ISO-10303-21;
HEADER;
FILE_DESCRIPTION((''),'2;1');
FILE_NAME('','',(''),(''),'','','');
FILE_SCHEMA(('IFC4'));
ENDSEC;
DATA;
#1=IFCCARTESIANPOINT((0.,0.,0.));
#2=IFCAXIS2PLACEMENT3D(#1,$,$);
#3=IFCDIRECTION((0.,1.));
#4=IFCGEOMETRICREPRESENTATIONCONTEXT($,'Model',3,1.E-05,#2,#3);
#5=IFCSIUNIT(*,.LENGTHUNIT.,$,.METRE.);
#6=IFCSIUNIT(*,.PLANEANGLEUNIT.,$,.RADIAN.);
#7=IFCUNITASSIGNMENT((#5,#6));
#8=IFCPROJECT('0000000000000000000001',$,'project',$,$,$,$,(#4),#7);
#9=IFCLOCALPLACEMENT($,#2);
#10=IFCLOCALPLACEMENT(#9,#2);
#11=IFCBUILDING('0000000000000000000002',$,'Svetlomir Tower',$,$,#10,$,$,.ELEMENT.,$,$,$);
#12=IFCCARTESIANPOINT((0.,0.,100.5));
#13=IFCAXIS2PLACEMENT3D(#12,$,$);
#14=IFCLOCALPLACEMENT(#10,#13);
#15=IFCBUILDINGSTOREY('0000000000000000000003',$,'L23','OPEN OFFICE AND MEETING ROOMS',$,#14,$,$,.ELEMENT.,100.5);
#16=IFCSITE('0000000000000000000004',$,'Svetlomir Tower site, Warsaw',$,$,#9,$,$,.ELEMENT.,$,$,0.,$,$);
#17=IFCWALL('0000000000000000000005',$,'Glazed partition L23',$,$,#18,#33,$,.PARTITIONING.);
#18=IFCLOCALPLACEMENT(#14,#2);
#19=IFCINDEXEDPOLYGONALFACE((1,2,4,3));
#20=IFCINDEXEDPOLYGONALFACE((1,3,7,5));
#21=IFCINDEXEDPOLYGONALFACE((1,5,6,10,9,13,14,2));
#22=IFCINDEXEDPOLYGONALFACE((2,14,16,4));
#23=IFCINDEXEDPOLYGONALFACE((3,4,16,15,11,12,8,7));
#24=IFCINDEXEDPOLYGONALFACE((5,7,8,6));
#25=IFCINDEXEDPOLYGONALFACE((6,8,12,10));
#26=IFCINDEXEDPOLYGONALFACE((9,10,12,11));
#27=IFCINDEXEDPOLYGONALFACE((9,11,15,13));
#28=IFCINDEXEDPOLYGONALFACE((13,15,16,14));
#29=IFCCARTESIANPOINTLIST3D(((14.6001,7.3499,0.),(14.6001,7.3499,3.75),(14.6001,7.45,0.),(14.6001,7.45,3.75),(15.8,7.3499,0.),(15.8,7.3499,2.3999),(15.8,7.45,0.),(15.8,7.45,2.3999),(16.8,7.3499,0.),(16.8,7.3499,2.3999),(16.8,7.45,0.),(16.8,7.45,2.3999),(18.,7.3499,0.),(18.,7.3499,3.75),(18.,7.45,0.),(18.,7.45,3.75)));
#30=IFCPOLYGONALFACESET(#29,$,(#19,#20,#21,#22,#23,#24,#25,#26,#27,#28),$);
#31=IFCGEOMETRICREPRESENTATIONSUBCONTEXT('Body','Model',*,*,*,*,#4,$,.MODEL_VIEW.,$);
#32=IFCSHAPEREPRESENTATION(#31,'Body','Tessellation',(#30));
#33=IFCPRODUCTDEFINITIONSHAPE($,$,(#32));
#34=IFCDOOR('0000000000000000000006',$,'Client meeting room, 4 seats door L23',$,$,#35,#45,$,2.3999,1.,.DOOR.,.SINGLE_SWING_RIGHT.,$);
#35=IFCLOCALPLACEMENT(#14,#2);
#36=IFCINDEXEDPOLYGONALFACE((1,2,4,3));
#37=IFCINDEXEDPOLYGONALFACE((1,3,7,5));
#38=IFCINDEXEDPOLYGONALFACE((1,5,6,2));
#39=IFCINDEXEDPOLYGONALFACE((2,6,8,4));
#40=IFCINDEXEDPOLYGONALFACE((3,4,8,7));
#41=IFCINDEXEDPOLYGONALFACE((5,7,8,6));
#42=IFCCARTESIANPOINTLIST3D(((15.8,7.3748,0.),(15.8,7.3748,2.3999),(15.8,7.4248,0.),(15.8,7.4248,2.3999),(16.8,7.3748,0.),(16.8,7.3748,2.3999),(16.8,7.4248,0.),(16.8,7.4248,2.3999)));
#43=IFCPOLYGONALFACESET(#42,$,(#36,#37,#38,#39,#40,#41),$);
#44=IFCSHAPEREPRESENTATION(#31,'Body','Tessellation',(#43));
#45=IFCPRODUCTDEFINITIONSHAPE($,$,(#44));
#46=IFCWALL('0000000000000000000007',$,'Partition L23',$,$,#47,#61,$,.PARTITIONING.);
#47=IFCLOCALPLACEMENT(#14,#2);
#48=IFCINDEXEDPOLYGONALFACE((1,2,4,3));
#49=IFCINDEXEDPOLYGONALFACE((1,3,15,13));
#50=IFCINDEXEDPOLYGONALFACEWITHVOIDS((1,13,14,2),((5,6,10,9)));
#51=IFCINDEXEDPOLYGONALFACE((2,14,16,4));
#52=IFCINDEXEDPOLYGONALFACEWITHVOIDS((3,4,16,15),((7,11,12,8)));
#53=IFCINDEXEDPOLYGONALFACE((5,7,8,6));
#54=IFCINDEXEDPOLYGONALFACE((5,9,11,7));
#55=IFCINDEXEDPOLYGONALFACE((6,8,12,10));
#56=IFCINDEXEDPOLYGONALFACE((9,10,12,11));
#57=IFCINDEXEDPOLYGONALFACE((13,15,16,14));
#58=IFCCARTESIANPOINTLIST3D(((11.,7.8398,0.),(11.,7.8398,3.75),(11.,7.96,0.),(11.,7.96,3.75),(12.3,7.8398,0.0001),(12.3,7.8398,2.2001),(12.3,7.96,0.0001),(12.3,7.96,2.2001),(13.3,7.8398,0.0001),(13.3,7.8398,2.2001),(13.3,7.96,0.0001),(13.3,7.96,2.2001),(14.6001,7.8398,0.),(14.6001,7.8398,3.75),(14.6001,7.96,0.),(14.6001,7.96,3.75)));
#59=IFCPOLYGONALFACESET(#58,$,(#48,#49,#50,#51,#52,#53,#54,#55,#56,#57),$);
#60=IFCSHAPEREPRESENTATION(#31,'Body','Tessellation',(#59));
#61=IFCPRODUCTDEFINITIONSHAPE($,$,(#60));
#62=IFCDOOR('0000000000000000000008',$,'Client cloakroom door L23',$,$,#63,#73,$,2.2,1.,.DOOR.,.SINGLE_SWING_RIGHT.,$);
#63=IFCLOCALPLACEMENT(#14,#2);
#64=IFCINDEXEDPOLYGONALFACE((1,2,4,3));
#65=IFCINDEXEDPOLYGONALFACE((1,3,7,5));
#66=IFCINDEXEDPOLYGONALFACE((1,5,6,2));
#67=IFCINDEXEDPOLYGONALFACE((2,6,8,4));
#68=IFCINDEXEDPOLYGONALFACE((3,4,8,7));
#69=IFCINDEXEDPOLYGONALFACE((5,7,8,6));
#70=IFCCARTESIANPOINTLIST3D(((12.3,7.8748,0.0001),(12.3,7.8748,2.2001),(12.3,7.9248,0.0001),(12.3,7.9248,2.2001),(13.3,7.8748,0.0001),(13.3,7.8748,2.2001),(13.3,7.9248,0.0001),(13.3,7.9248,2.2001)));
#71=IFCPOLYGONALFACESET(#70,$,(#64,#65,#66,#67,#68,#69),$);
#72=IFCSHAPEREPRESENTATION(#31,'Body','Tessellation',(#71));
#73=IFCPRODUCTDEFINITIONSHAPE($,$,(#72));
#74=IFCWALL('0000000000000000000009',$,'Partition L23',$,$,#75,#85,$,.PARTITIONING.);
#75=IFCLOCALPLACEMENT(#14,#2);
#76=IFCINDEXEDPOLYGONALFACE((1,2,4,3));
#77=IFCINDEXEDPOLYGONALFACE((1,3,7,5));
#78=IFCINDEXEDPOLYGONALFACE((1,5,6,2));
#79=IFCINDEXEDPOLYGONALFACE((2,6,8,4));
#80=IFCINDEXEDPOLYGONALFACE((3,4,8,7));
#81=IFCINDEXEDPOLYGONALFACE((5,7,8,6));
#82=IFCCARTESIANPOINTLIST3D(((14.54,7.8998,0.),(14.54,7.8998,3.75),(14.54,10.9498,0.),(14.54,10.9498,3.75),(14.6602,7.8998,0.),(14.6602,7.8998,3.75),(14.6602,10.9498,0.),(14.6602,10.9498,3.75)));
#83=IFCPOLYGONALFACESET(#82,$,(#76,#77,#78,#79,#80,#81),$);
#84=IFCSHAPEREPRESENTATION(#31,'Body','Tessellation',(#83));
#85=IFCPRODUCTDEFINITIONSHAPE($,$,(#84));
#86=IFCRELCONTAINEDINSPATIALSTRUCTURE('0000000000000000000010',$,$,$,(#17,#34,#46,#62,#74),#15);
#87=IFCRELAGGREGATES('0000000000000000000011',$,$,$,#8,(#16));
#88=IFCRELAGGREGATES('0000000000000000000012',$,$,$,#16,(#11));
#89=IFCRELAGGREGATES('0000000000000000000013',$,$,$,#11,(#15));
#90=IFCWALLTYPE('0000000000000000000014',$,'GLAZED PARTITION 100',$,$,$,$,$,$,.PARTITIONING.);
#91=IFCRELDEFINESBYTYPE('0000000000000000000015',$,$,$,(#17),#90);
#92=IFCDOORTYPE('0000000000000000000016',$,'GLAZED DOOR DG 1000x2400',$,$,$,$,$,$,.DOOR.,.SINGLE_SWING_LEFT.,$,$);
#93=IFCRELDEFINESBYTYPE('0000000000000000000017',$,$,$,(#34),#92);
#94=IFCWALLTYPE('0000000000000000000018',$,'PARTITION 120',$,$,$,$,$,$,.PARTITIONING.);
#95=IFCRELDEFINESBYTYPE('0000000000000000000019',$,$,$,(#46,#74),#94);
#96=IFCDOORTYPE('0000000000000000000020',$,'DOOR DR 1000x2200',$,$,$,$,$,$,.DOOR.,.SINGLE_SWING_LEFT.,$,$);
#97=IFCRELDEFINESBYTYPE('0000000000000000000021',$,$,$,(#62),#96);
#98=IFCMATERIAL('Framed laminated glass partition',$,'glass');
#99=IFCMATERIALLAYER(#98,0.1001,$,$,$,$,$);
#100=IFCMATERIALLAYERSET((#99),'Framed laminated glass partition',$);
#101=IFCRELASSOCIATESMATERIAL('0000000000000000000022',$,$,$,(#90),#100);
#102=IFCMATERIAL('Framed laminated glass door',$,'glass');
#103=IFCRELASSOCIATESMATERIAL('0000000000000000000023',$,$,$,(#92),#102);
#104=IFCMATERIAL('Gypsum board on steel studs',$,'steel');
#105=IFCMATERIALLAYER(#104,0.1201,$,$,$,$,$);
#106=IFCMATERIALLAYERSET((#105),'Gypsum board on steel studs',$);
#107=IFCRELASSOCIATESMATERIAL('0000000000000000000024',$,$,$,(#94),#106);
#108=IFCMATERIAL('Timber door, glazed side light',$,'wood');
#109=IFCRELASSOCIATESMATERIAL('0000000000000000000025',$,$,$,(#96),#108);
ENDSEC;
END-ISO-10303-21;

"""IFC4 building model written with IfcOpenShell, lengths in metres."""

from ifc_helpers import new_model, si_unit, direction, frame, frame_2d, origin, place, context, subcontext, project, spatial, rectangle, extrude, material, layer, layer_set, type_object, element, fill, save


model = new_model("IFC4")

# Units and contexts
model_context = context("Model", 3, precision=1e-05, world=origin(), true_north=direction((0.0, 1.0)))
body_context = subcontext(model_context, "Body", "Model", "MODEL_VIEW")
ifc_project = project(units=[si_unit("LENGTHUNIT", "METRE"), si_unit("PLANEANGLEUNIT", "RADIAN")], contexts=[model_context])

# Site, building, storey
site_placement = place(None, origin())
site = spatial("IfcSite", under=ifc_project, at=site_placement, Name="Svetlomir Tower site, Warsaw", CompositionType="ELEMENT", RefElevation=0.0)
building_placement = place(site_placement, origin())
building = spatial("IfcBuilding", under=site, at=building_placement, Name="Svetlomir Tower", CompositionType="ELEMENT")
storey_placement = place(building_placement, frame((0.0, 0.0, 100.5)))
storey = spatial("IfcBuildingStorey", under=building, at=storey_placement, Name="L23", Description="OPEN OFFICE AND MEETING ROOMS", CompositionType="ELEMENT", Elevation=100.5)

# Shared definitions
ifc_material_1 = material(Name="Framed laminated glass partition", Category="glass")
ifc_layer_1 = layer(ifc_material_1, 0.1001)
ifc_layer_set_1 = layer_set([ifc_layer_1], Name="Framed laminated glass partition")
wall_type_1 = type_object("IfcWallType", Name="GLAZED PARTITION 100", PredefinedType="PARTITIONING", material=ifc_layer_set_1)

# Walls, openings, doors
wall_1_placement = place(storey_placement, frame((14.6001, 7.3999, 0.0), z_axis=(0.0, 0.0, 1.0), x_axis=(1.0, 0.0, 0.0)))
wall_1 = element("IfcWall", 1, at=wall_1_placement, inside=storey, type_object=wall_type_1, Name="Glazed partition L23", PredefinedType="PARTITIONING", context=body_context, shape_type="SweptSolid", body=[
    extrude(rectangle(XDim=3.3999, YDim=0.1001, at=frame_2d((1.7, 0.0))), origin(), (0.0, 0.0, 1.0), 3.75),
])
opening_1_placement = place(wall_1_placement, frame((1.2, 0.0, 0.0)))
opening_1 = element("IfcOpeningElement", 2, at=opening_1_placement, cuts=wall_1, PredefinedType="OPENING", context=body_context, shape_type="SweptSolid", body=[
    extrude(rectangle(XDim=1.0, YDim=2.3999, at=frame_2d((0.5, 1.2))), frame((0.0, 0.0601, 0.0), z_axis=(0.0, -1.0, 0.0), x_axis=(1.0, 0.0, 0.0)), (0.0, 0.0, 1.0), 0.1201),
])
ifc_material_2 = material(Name="Framed laminated glass door", Category="glass")
door_type_1 = type_object("IfcDoorType", Name="GLAZED DOOR DG 1000x2400", OperationType="SINGLE_SWING_LEFT", PredefinedType="DOOR", material=ifc_material_2)
door_1_placement = place(opening_1_placement, origin())
door_1 = element("IfcDoor", 3, at=door_1_placement, inside=storey, type_object=door_type_1, Name="Client meeting room, 4 seats door L23", OperationType="SINGLE_SWING_RIGHT", OverallHeight=2.3999, OverallWidth=1.0, PredefinedType="DOOR", context=body_context, shape_type="SweptSolid", body=[
    extrude(rectangle(XDim=1.0, YDim=2.3999, at=frame_2d((0.5, 1.2))), frame((0.0, 0.0249, 0.0), z_axis=(0.0, -1.0, 0.0), x_axis=(1.0, 0.0, 0.0)), (0.0, 0.0, 1.0), 0.05),
])
fill(opening_1, door_1)
ifc_material_3 = material(Name="Gypsum board on steel studs", Category="steel")
ifc_layer_2 = layer(ifc_material_3, 0.1201)
ifc_layer_set_2 = layer_set([ifc_layer_2], Name="Gypsum board on steel studs")
wall_type_2 = type_object("IfcWallType", Name="PARTITION 120", PredefinedType="PARTITIONING", material=ifc_layer_set_2)
wall_2_placement = place(storey_placement, frame((11.0, 7.8999, 0.0), z_axis=(0.0, 0.0, 1.0), x_axis=(1.0, 0.0, 0.0)))
wall_2 = element("IfcWall", 4, at=wall_2_placement, inside=storey, type_object=wall_type_2, Name="Partition L23", PredefinedType="PARTITIONING", context=body_context, shape_type="SweptSolid", body=[
    extrude(rectangle(XDim=3.6001, YDim=0.1201, at=frame_2d((1.8, 0.0))), origin(), (0.0, 0.0, 1.0), 3.75),
])
opening_2_placement = place(wall_2_placement, frame((1.3, 0.0, 0.0)))
opening_2 = element("IfcOpeningElement", 5, at=opening_2_placement, cuts=wall_2, PredefinedType="OPENING", context=body_context, shape_type="SweptSolid", body=[
    extrude(rectangle(XDim=1.0, YDim=2.2, at=frame_2d((0.5, 1.1001))), frame((0.0, 0.0701, 0.0), z_axis=(0.0, -1.0, 0.0), x_axis=(1.0, 0.0, 0.0)), (0.0, 0.0, 1.0), 0.1401),
])
ifc_material_4 = material(Name="Timber door, glazed side light", Category="wood")
door_type_2 = type_object("IfcDoorType", Name="DOOR DR 1000x2200", OperationType="SINGLE_SWING_LEFT", PredefinedType="DOOR", material=ifc_material_4)
door_2_placement = place(opening_2_placement, origin())
door_2 = element("IfcDoor", 6, at=door_2_placement, inside=storey, type_object=door_type_2, Name="Client cloakroom door L23", OperationType="SINGLE_SWING_RIGHT", OverallHeight=2.2, OverallWidth=1.0, PredefinedType="DOOR", context=body_context, shape_type="SweptSolid", body=[
    extrude(rectangle(XDim=1.0, YDim=2.2, at=frame_2d((0.5, 1.1001))), frame((0.0, 0.0249, 0.0), z_axis=(0.0, -1.0, 0.0), x_axis=(1.0, 0.0, 0.0)), (0.0, 0.0, 1.0), 0.05),
])
fill(opening_2, door_2)

# Wall
wall_3_placement = place(storey_placement, frame((14.6001, 7.8999, 0.0), z_axis=(0.0, 0.0, 1.0), x_axis=(0.0, 1.0, 0.0)))
element("IfcWall", 7, at=wall_3_placement, inside=storey, type_object=wall_type_2, Name="Partition L23", PredefinedType="PARTITIONING", context=body_context, shape_type="SweptSolid", body=[
    extrude(rectangle(XDim=3.05, YDim=0.1201, at=frame_2d((1.5249, 0.0))), origin(), (0.0, 0.0, 1.0), 3.75),
])

save(model, "model.ifc")
